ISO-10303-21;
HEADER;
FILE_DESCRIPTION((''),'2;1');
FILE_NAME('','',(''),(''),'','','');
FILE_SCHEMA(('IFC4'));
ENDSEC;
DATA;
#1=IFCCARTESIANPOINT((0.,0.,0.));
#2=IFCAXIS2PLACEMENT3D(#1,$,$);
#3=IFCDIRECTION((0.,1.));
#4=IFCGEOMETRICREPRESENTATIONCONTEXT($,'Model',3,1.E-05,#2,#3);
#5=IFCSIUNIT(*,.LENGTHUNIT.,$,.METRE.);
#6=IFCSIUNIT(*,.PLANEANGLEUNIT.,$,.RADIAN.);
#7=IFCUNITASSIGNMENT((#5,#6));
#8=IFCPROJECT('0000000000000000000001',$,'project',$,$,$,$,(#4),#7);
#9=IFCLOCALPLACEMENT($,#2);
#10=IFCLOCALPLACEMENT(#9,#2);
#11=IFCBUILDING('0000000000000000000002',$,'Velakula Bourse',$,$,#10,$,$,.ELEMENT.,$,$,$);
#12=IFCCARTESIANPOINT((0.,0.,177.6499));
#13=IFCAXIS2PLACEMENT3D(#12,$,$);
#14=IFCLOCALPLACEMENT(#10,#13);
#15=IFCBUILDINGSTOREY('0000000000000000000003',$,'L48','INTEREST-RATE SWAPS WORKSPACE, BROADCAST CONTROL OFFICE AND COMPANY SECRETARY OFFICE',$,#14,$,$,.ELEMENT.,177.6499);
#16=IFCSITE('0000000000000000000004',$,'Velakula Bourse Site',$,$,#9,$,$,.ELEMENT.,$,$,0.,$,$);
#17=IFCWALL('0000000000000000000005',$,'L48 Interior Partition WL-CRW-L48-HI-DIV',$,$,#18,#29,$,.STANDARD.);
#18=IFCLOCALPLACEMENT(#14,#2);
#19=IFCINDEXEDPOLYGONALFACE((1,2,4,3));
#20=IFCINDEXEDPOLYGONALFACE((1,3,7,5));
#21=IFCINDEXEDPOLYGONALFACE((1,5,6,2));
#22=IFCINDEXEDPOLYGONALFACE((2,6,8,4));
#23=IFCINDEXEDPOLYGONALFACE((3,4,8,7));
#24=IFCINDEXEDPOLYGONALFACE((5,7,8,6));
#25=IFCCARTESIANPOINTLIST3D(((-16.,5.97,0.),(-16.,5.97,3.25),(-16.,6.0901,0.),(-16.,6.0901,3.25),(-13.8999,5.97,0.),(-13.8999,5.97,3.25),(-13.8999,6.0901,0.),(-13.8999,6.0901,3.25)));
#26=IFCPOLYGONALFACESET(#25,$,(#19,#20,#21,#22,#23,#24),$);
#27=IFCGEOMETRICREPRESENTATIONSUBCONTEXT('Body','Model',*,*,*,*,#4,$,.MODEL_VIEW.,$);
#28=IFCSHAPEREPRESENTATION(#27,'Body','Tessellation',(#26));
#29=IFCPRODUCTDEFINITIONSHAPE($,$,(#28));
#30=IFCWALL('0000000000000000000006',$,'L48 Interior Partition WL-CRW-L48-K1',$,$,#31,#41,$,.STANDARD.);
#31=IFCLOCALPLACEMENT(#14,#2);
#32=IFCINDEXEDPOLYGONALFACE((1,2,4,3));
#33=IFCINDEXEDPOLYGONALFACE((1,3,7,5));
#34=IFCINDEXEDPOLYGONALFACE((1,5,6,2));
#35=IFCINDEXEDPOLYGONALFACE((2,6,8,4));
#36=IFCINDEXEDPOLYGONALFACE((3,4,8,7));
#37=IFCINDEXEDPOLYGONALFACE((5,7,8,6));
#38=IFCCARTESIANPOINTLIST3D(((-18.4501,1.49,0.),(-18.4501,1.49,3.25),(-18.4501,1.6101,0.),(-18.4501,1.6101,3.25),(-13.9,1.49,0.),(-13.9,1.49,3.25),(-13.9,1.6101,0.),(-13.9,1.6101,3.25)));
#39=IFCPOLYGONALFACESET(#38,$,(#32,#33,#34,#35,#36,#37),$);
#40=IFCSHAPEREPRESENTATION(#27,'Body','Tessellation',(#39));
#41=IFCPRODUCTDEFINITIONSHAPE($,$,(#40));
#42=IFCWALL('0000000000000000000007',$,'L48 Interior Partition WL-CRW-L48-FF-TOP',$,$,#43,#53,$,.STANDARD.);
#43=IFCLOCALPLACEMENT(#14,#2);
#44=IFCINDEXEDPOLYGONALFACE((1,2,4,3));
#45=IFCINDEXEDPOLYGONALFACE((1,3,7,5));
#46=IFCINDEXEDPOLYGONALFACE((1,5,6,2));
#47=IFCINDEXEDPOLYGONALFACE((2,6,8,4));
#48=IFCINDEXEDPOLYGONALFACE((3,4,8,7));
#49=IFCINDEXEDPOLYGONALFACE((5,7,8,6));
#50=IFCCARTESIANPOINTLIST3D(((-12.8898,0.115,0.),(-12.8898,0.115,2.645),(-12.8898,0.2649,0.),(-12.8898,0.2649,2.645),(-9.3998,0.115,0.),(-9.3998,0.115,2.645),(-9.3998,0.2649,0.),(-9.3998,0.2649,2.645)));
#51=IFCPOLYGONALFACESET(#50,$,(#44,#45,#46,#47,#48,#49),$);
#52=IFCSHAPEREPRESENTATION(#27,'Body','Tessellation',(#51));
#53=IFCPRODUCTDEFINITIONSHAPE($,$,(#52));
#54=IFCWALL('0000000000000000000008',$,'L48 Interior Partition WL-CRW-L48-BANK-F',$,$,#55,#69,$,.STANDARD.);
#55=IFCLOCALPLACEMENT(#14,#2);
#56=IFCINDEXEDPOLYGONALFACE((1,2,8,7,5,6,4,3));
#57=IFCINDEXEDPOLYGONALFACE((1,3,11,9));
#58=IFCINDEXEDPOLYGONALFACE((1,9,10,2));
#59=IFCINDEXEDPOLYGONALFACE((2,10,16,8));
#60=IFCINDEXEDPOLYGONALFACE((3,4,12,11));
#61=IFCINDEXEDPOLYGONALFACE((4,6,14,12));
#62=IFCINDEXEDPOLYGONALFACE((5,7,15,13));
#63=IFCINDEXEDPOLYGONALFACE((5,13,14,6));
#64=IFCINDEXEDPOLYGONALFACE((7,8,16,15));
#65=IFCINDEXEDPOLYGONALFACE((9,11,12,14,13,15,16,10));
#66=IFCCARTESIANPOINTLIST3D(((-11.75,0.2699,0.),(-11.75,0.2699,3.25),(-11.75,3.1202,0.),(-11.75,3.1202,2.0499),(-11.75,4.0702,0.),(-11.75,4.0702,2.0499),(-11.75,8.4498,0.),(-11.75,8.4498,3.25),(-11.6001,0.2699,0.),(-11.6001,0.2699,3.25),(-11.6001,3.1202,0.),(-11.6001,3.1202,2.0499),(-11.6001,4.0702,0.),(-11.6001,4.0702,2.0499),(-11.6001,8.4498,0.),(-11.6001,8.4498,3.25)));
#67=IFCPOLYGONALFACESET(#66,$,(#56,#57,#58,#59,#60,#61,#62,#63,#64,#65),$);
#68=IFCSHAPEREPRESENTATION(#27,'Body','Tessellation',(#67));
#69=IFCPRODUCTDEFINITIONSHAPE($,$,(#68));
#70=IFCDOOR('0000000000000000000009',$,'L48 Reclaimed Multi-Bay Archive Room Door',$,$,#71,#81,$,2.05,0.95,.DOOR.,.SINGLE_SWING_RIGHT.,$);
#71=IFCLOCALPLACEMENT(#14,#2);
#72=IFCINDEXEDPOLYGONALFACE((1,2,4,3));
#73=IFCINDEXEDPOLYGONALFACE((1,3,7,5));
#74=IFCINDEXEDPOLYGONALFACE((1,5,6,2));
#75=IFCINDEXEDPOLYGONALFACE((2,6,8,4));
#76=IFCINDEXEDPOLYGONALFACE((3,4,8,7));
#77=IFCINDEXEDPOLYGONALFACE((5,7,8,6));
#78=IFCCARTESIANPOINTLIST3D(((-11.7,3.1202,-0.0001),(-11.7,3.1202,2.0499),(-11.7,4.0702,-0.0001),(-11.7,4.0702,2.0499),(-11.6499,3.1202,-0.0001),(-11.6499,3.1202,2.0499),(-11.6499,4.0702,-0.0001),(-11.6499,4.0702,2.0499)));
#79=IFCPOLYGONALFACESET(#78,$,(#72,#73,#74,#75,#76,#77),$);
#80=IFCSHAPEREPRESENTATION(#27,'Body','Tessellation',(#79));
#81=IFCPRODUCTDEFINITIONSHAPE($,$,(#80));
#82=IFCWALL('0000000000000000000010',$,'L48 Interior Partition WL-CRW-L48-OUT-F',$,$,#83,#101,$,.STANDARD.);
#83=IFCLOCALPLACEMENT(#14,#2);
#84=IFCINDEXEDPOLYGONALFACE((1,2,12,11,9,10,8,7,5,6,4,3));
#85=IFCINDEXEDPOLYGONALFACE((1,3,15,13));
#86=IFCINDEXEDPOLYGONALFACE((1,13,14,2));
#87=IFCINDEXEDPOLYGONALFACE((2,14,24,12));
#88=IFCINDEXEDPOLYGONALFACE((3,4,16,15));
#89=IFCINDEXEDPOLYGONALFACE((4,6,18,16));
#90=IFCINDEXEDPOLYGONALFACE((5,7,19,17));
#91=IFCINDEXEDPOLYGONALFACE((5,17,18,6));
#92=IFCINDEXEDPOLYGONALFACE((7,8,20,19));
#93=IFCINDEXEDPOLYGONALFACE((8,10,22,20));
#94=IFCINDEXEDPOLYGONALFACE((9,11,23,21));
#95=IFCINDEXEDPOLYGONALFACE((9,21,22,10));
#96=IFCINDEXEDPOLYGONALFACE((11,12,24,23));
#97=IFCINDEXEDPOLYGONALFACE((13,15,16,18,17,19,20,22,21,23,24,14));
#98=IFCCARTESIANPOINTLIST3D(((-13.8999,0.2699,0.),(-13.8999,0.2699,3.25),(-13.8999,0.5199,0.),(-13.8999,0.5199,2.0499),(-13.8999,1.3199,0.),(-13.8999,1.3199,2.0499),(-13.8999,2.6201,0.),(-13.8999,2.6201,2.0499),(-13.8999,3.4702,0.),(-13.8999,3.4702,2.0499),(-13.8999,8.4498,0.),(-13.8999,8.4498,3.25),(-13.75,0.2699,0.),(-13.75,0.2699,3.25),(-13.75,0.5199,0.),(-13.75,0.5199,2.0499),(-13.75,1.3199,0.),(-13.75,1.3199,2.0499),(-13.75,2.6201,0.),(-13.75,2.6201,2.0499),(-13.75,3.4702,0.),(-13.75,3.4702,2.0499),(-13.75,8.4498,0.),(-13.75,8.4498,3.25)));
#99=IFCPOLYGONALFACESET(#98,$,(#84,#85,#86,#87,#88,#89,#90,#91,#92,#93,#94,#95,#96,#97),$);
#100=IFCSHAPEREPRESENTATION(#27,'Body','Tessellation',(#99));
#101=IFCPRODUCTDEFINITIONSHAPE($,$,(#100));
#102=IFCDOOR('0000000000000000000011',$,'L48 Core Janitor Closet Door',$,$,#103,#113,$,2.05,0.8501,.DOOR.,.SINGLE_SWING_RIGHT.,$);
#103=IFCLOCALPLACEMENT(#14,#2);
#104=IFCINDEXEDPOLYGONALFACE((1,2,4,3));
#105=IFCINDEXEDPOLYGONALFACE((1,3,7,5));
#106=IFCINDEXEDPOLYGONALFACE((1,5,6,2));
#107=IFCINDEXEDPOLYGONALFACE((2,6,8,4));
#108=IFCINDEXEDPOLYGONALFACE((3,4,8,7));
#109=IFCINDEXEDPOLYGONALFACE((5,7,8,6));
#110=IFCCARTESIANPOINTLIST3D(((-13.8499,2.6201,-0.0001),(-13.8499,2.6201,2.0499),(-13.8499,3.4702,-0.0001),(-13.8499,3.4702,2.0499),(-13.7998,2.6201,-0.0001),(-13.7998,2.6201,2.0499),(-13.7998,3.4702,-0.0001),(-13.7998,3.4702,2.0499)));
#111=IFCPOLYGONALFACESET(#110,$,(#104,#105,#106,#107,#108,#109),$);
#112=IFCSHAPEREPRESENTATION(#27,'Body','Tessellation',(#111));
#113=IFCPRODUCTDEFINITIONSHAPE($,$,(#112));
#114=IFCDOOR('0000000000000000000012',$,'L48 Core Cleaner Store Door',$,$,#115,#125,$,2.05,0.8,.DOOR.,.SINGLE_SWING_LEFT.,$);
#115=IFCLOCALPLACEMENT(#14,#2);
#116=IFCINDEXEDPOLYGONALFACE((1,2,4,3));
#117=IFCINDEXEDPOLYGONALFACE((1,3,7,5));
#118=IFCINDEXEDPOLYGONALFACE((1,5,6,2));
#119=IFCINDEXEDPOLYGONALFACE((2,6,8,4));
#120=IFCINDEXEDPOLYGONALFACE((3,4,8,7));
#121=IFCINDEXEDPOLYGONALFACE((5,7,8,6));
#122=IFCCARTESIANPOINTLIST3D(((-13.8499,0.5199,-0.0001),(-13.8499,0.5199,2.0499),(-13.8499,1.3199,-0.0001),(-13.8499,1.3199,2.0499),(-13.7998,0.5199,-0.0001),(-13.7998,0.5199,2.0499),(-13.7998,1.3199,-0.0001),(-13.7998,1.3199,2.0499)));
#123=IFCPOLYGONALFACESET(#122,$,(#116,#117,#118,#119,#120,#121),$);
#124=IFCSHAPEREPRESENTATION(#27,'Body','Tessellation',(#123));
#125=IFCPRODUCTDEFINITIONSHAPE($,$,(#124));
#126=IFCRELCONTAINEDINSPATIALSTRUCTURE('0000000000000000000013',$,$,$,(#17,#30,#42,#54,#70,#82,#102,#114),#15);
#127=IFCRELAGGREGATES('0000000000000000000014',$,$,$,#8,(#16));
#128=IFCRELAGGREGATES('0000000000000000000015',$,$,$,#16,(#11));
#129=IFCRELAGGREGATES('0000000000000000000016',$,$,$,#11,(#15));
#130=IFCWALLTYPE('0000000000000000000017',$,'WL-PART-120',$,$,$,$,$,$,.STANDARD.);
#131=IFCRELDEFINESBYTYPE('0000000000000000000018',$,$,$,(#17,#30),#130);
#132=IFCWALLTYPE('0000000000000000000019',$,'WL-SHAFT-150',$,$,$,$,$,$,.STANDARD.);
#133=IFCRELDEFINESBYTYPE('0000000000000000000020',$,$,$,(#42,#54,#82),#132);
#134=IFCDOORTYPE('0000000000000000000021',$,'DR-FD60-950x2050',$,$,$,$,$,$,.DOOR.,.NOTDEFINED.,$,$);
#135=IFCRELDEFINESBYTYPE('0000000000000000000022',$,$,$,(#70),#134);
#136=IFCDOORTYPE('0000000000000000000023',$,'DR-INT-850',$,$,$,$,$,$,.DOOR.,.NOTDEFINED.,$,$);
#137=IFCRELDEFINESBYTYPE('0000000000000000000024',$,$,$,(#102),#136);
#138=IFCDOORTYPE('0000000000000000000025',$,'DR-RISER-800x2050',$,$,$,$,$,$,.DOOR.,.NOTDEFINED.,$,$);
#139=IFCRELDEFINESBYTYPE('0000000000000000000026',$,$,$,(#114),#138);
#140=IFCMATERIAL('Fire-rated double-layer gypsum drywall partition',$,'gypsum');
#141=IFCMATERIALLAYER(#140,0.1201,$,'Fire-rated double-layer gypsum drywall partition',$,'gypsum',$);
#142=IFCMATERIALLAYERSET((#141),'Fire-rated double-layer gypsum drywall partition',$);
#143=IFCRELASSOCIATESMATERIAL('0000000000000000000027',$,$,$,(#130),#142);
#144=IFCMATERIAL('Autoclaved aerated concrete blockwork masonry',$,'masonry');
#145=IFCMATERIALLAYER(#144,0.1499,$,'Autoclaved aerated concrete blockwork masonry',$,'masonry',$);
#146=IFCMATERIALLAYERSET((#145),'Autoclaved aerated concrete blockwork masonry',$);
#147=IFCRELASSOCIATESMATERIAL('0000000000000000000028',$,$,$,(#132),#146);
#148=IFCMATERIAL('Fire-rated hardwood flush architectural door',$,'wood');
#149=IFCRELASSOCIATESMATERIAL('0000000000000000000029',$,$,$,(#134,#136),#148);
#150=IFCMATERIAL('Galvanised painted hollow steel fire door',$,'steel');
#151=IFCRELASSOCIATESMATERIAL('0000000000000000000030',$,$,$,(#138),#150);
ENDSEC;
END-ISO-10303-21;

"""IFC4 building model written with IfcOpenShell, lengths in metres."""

from ifc_helpers import new_model, si_unit, direction, frame, frame_2d, origin, place, context, subcontext, project, spatial, rectangle, extrude, material, layer, layer_set, type_object, element, fill, save


model = new_model("IFC4")

# Units and contexts
model_context = context("Model", 3, precision=1e-05, world=origin(), true_north=direction((0.0, 1.0)))
body_context = subcontext(model_context, "Body", "Model", "MODEL_VIEW")
ifc_project = project(units=[si_unit("LENGTHUNIT", "METRE"), si_unit("PLANEANGLEUNIT", "RADIAN")], contexts=[model_context])

# Site, building, storey
site_placement = place(None, origin())
site = spatial("IfcSite", under=ifc_project, at=site_placement, Name="Velakula Bourse Site", CompositionType="ELEMENT", RefElevation=0.0)
building_placement = place(site_placement, origin())
building = spatial("IfcBuilding", under=site, at=building_placement, Name="Velakula Bourse", CompositionType="ELEMENT")
storey_placement = place(building_placement, frame((0.0, 0.0, 177.6499)))
storey = spatial("IfcBuildingStorey", under=building, at=storey_placement, Name="L48", Description="INTEREST-RATE SWAPS WORKSPACE, BROADCAST CONTROL OFFICE AND COMPANY SECRETARY OFFICE", CompositionType="ELEMENT", Elevation=177.6499)

# Walls
ifc_material_1 = material(Name="Fire-rated double-layer gypsum drywall partition", Category="gypsum")
ifc_layer_1 = layer(ifc_material_1, 0.1201, Name="Fire-rated double-layer gypsum drywall partition", Category="gypsum")
ifc_layer_set_1 = layer_set([ifc_layer_1], Name="Fire-rated double-layer gypsum drywall partition")
wall_type_1 = type_object("IfcWallType", Name="WL-PART-120", PredefinedType="STANDARD", material=ifc_layer_set_1)
wall_1_placement = place(storey_placement, frame((-16.0, 6.03, 0.0), z_axis=(0.0, 0.0, 1.0), x_axis=(1.0, 0.0, 0.0)))
element("IfcWall", 1, at=wall_1_placement, inside=storey, type_object=wall_type_1, Name="L48 Interior Partition WL-CRW-L48-HI-DIV", PredefinedType="STANDARD", context=body_context, shape_type="SweptSolid", body=[
    extrude(rectangle(XDim=2.1001, YDim=0.1201, at=frame_2d((1.05, 0.0))), origin(), (0.0, 0.0, 1.0), 3.25),
])
wall_2_placement = place(storey_placement, frame((-18.45, 1.55, 0.0), z_axis=(0.0, 0.0, 1.0), x_axis=(1.0, 0.0, 0.0)))
element("IfcWall", 2, at=wall_2_placement, inside=storey, type_object=wall_type_1, Name="L48 Interior Partition WL-CRW-L48-K1", PredefinedType="STANDARD", context=body_context, shape_type="SweptSolid", body=[
    extrude(rectangle(XDim=4.55, YDim=0.1201, at=frame_2d((2.2749, 0.0))), origin(), (0.0, 0.0, 1.0), 3.25),
])
ifc_material_2 = material(Name="Autoclaved aerated concrete blockwork masonry", Category="masonry")
ifc_layer_2 = layer(ifc_material_2, 0.1499, Name="Autoclaved aerated concrete blockwork masonry", Category="masonry")
ifc_layer_set_2 = layer_set([ifc_layer_2], Name="Autoclaved aerated concrete blockwork masonry")
wall_type_2 = type_object("IfcWallType", Name="WL-SHAFT-150", PredefinedType="STANDARD", material=ifc_layer_set_2)
wall_3_placement = place(storey_placement, frame((-12.8899, 0.1899, 0.0), z_axis=(0.0, 0.0, 1.0), x_axis=(1.0, 0.0, 0.0)))
element("IfcWall", 3, at=wall_3_placement, inside=storey, type_object=wall_type_2, Name="L48 Interior Partition WL-CRW-L48-FF-TOP", PredefinedType="STANDARD", context=body_context, shape_type="SweptSolid", body=[
    extrude(rectangle(XDim=3.49, YDim=0.1499, at=frame_2d((1.7451, 0.0))), origin(), (0.0, 0.0, 1.0), 2.645),
])

# Wall, opening, door
wall_4_placement = place(storey_placement, frame((-11.675, 0.27, 0.0), z_axis=(0.0, 0.0, 1.0), x_axis=(0.0, 1.0, 0.0)))
wall_4 = element("IfcWall", 4, at=wall_4_placement, inside=storey, type_object=wall_type_2, Name="L48 Interior Partition WL-CRW-L48-BANK-F", PredefinedType="STANDARD", context=body_context, shape_type="SweptSolid", body=[
    extrude(rectangle(XDim=8.1799, YDim=0.1499, at=frame_2d((4.0898, 0.0))), origin(), (0.0, 0.0, 1.0), 3.25),
])
opening_1_placement = place(wall_4_placement, frame((2.8501, 0.0, 0.0)))
opening_1 = element("IfcOpeningElement", 5, at=opening_1_placement, cuts=wall_4, PredefinedType="OPENING", context=body_context, shape_type="SweptSolid", body=[
    extrude(rectangle(XDim=0.95, YDim=2.05, at=frame_2d((0.4751, 1.0249))), frame((0.0, 0.085, 0.0), z_axis=(0.0, -1.0, 0.0), x_axis=(1.0, 0.0, 0.0)), (0.0, 0.0, 1.0), 0.1699),
])
ifc_material_3 = material(Name="Fire-rated hardwood flush architectural door", Category="wood")
door_type_1 = type_object("IfcDoorType", Name="DR-FD60-950x2050", OperationType="NOTDEFINED", PredefinedType="DOOR", material=ifc_material_3)
door_1_placement = place(opening_1_placement, origin())
door_1 = element("IfcDoor", 6, at=door_1_placement, inside=storey, type_object=door_type_1, Name="L48 Reclaimed Multi-Bay Archive Room Door", OperationType="SINGLE_SWING_RIGHT", OverallHeight=2.05, OverallWidth=0.95, PredefinedType="DOOR", context=body_context, shape_type="SweptSolid", body=[
    extrude(rectangle(XDim=0.95, YDim=2.05, at=frame_2d((0.4751, 1.0249))), frame((0.0, 0.0249, 0.0), z_axis=(0.0, -1.0, 0.0), x_axis=(1.0, 0.0, 0.0)), (0.0, 0.0, 1.0), 0.05),
])
fill(opening_1, door_1)

# Wall, openings, doors
wall_5_placement = place(storey_placement, frame((-13.825, 0.27, 0.0), z_axis=(0.0, 0.0, 1.0), x_axis=(0.0, 1.0, 0.0)))
wall_5 = element("IfcWall", 7, at=wall_5_placement, inside=storey, type_object=wall_type_2, Name="L48 Interior Partition WL-CRW-L48-OUT-F", PredefinedType="STANDARD", context=body_context, shape_type="SweptSolid", body=[
    extrude(rectangle(XDim=8.1799, YDim=0.1499, at=frame_2d((4.0898, 0.0))), origin(), (0.0, 0.0, 1.0), 3.25),
])
opening_2_placement = place(wall_5_placement, frame((0.25, 0.0, 0.0)))
opening_2 = element("IfcOpeningElement", 8, at=opening_2_placement, cuts=wall_5, PredefinedType="OPENING", context=body_context, shape_type="SweptSolid", body=[
    extrude(rectangle(XDim=0.8, YDim=2.05, at=frame_2d((0.3999, 1.0249))), frame((0.0, 0.085, 0.0), z_axis=(0.0, -1.0, 0.0), x_axis=(1.0, 0.0, 0.0)), (0.0, 0.0, 1.0), 0.1699),
])
opening_3_placement = place(wall_5_placement, frame((2.3501, 0.0, 0.0)))
opening_3 = element("IfcOpeningElement", 9, at=opening_3_placement, cuts=wall_5, PredefinedType="OPENING", context=body_context, shape_type="SweptSolid", body=[
    extrude(rectangle(XDim=0.8501, YDim=2.05, at=frame_2d((0.425, 1.0249))), frame((0.0, 0.085, 0.0), z_axis=(0.0, -1.0, 0.0), x_axis=(1.0, 0.0, 0.0)), (0.0, 0.0, 1.0), 0.1699),
])
door_type_2 = type_object("IfcDoorType", Name="DR-INT-850", OperationType="NOTDEFINED", PredefinedType="DOOR", material=ifc_material_3)
door_2_placement = place(opening_3_placement, origin())
door_2 = element("IfcDoor", 10, at=door_2_placement, inside=storey, type_object=door_type_2, Name="L48 Core Janitor Closet Door", OperationType="SINGLE_SWING_RIGHT", OverallHeight=2.05, OverallWidth=0.8501, PredefinedType="DOOR", context=body_context, shape_type="SweptSolid", body=[
    extrude(rectangle(XDim=0.8501, YDim=2.05, at=frame_2d((0.425, 1.0249))), frame((0.0, 0.0249, 0.0), z_axis=(0.0, -1.0, 0.0), x_axis=(1.0, 0.0, 0.0)), (0.0, 0.0, 1.0), 0.05),
])
fill(opening_3, door_2)
ifc_material_4 = material(Name="Galvanised painted hollow steel fire door", Category="steel")
door_type_3 = type_object("IfcDoorType", Name="DR-RISER-800x2050", OperationType="NOTDEFINED", PredefinedType="DOOR", material=ifc_material_4)
door_3_placement = place(opening_2_placement, origin())
door_3 = element("IfcDoor", 11, at=door_3_placement, inside=storey, type_object=door_type_3, Name="L48 Core Cleaner Store Door", OperationType="SINGLE_SWING_LEFT", OverallHeight=2.05, OverallWidth=0.8, PredefinedType="DOOR", context=body_context, shape_type="SweptSolid", body=[
    extrude(rectangle(XDim=0.8, YDim=2.05, at=frame_2d((0.3999, 1.0249))), frame((0.0, 0.0249, 0.0), z_axis=(0.0, -1.0, 0.0), x_axis=(1.0, 0.0, 0.0)), (0.0, 0.0, 1.0), 0.05),
])
fill(opening_2, door_3)

save(model, "model.ifc")
